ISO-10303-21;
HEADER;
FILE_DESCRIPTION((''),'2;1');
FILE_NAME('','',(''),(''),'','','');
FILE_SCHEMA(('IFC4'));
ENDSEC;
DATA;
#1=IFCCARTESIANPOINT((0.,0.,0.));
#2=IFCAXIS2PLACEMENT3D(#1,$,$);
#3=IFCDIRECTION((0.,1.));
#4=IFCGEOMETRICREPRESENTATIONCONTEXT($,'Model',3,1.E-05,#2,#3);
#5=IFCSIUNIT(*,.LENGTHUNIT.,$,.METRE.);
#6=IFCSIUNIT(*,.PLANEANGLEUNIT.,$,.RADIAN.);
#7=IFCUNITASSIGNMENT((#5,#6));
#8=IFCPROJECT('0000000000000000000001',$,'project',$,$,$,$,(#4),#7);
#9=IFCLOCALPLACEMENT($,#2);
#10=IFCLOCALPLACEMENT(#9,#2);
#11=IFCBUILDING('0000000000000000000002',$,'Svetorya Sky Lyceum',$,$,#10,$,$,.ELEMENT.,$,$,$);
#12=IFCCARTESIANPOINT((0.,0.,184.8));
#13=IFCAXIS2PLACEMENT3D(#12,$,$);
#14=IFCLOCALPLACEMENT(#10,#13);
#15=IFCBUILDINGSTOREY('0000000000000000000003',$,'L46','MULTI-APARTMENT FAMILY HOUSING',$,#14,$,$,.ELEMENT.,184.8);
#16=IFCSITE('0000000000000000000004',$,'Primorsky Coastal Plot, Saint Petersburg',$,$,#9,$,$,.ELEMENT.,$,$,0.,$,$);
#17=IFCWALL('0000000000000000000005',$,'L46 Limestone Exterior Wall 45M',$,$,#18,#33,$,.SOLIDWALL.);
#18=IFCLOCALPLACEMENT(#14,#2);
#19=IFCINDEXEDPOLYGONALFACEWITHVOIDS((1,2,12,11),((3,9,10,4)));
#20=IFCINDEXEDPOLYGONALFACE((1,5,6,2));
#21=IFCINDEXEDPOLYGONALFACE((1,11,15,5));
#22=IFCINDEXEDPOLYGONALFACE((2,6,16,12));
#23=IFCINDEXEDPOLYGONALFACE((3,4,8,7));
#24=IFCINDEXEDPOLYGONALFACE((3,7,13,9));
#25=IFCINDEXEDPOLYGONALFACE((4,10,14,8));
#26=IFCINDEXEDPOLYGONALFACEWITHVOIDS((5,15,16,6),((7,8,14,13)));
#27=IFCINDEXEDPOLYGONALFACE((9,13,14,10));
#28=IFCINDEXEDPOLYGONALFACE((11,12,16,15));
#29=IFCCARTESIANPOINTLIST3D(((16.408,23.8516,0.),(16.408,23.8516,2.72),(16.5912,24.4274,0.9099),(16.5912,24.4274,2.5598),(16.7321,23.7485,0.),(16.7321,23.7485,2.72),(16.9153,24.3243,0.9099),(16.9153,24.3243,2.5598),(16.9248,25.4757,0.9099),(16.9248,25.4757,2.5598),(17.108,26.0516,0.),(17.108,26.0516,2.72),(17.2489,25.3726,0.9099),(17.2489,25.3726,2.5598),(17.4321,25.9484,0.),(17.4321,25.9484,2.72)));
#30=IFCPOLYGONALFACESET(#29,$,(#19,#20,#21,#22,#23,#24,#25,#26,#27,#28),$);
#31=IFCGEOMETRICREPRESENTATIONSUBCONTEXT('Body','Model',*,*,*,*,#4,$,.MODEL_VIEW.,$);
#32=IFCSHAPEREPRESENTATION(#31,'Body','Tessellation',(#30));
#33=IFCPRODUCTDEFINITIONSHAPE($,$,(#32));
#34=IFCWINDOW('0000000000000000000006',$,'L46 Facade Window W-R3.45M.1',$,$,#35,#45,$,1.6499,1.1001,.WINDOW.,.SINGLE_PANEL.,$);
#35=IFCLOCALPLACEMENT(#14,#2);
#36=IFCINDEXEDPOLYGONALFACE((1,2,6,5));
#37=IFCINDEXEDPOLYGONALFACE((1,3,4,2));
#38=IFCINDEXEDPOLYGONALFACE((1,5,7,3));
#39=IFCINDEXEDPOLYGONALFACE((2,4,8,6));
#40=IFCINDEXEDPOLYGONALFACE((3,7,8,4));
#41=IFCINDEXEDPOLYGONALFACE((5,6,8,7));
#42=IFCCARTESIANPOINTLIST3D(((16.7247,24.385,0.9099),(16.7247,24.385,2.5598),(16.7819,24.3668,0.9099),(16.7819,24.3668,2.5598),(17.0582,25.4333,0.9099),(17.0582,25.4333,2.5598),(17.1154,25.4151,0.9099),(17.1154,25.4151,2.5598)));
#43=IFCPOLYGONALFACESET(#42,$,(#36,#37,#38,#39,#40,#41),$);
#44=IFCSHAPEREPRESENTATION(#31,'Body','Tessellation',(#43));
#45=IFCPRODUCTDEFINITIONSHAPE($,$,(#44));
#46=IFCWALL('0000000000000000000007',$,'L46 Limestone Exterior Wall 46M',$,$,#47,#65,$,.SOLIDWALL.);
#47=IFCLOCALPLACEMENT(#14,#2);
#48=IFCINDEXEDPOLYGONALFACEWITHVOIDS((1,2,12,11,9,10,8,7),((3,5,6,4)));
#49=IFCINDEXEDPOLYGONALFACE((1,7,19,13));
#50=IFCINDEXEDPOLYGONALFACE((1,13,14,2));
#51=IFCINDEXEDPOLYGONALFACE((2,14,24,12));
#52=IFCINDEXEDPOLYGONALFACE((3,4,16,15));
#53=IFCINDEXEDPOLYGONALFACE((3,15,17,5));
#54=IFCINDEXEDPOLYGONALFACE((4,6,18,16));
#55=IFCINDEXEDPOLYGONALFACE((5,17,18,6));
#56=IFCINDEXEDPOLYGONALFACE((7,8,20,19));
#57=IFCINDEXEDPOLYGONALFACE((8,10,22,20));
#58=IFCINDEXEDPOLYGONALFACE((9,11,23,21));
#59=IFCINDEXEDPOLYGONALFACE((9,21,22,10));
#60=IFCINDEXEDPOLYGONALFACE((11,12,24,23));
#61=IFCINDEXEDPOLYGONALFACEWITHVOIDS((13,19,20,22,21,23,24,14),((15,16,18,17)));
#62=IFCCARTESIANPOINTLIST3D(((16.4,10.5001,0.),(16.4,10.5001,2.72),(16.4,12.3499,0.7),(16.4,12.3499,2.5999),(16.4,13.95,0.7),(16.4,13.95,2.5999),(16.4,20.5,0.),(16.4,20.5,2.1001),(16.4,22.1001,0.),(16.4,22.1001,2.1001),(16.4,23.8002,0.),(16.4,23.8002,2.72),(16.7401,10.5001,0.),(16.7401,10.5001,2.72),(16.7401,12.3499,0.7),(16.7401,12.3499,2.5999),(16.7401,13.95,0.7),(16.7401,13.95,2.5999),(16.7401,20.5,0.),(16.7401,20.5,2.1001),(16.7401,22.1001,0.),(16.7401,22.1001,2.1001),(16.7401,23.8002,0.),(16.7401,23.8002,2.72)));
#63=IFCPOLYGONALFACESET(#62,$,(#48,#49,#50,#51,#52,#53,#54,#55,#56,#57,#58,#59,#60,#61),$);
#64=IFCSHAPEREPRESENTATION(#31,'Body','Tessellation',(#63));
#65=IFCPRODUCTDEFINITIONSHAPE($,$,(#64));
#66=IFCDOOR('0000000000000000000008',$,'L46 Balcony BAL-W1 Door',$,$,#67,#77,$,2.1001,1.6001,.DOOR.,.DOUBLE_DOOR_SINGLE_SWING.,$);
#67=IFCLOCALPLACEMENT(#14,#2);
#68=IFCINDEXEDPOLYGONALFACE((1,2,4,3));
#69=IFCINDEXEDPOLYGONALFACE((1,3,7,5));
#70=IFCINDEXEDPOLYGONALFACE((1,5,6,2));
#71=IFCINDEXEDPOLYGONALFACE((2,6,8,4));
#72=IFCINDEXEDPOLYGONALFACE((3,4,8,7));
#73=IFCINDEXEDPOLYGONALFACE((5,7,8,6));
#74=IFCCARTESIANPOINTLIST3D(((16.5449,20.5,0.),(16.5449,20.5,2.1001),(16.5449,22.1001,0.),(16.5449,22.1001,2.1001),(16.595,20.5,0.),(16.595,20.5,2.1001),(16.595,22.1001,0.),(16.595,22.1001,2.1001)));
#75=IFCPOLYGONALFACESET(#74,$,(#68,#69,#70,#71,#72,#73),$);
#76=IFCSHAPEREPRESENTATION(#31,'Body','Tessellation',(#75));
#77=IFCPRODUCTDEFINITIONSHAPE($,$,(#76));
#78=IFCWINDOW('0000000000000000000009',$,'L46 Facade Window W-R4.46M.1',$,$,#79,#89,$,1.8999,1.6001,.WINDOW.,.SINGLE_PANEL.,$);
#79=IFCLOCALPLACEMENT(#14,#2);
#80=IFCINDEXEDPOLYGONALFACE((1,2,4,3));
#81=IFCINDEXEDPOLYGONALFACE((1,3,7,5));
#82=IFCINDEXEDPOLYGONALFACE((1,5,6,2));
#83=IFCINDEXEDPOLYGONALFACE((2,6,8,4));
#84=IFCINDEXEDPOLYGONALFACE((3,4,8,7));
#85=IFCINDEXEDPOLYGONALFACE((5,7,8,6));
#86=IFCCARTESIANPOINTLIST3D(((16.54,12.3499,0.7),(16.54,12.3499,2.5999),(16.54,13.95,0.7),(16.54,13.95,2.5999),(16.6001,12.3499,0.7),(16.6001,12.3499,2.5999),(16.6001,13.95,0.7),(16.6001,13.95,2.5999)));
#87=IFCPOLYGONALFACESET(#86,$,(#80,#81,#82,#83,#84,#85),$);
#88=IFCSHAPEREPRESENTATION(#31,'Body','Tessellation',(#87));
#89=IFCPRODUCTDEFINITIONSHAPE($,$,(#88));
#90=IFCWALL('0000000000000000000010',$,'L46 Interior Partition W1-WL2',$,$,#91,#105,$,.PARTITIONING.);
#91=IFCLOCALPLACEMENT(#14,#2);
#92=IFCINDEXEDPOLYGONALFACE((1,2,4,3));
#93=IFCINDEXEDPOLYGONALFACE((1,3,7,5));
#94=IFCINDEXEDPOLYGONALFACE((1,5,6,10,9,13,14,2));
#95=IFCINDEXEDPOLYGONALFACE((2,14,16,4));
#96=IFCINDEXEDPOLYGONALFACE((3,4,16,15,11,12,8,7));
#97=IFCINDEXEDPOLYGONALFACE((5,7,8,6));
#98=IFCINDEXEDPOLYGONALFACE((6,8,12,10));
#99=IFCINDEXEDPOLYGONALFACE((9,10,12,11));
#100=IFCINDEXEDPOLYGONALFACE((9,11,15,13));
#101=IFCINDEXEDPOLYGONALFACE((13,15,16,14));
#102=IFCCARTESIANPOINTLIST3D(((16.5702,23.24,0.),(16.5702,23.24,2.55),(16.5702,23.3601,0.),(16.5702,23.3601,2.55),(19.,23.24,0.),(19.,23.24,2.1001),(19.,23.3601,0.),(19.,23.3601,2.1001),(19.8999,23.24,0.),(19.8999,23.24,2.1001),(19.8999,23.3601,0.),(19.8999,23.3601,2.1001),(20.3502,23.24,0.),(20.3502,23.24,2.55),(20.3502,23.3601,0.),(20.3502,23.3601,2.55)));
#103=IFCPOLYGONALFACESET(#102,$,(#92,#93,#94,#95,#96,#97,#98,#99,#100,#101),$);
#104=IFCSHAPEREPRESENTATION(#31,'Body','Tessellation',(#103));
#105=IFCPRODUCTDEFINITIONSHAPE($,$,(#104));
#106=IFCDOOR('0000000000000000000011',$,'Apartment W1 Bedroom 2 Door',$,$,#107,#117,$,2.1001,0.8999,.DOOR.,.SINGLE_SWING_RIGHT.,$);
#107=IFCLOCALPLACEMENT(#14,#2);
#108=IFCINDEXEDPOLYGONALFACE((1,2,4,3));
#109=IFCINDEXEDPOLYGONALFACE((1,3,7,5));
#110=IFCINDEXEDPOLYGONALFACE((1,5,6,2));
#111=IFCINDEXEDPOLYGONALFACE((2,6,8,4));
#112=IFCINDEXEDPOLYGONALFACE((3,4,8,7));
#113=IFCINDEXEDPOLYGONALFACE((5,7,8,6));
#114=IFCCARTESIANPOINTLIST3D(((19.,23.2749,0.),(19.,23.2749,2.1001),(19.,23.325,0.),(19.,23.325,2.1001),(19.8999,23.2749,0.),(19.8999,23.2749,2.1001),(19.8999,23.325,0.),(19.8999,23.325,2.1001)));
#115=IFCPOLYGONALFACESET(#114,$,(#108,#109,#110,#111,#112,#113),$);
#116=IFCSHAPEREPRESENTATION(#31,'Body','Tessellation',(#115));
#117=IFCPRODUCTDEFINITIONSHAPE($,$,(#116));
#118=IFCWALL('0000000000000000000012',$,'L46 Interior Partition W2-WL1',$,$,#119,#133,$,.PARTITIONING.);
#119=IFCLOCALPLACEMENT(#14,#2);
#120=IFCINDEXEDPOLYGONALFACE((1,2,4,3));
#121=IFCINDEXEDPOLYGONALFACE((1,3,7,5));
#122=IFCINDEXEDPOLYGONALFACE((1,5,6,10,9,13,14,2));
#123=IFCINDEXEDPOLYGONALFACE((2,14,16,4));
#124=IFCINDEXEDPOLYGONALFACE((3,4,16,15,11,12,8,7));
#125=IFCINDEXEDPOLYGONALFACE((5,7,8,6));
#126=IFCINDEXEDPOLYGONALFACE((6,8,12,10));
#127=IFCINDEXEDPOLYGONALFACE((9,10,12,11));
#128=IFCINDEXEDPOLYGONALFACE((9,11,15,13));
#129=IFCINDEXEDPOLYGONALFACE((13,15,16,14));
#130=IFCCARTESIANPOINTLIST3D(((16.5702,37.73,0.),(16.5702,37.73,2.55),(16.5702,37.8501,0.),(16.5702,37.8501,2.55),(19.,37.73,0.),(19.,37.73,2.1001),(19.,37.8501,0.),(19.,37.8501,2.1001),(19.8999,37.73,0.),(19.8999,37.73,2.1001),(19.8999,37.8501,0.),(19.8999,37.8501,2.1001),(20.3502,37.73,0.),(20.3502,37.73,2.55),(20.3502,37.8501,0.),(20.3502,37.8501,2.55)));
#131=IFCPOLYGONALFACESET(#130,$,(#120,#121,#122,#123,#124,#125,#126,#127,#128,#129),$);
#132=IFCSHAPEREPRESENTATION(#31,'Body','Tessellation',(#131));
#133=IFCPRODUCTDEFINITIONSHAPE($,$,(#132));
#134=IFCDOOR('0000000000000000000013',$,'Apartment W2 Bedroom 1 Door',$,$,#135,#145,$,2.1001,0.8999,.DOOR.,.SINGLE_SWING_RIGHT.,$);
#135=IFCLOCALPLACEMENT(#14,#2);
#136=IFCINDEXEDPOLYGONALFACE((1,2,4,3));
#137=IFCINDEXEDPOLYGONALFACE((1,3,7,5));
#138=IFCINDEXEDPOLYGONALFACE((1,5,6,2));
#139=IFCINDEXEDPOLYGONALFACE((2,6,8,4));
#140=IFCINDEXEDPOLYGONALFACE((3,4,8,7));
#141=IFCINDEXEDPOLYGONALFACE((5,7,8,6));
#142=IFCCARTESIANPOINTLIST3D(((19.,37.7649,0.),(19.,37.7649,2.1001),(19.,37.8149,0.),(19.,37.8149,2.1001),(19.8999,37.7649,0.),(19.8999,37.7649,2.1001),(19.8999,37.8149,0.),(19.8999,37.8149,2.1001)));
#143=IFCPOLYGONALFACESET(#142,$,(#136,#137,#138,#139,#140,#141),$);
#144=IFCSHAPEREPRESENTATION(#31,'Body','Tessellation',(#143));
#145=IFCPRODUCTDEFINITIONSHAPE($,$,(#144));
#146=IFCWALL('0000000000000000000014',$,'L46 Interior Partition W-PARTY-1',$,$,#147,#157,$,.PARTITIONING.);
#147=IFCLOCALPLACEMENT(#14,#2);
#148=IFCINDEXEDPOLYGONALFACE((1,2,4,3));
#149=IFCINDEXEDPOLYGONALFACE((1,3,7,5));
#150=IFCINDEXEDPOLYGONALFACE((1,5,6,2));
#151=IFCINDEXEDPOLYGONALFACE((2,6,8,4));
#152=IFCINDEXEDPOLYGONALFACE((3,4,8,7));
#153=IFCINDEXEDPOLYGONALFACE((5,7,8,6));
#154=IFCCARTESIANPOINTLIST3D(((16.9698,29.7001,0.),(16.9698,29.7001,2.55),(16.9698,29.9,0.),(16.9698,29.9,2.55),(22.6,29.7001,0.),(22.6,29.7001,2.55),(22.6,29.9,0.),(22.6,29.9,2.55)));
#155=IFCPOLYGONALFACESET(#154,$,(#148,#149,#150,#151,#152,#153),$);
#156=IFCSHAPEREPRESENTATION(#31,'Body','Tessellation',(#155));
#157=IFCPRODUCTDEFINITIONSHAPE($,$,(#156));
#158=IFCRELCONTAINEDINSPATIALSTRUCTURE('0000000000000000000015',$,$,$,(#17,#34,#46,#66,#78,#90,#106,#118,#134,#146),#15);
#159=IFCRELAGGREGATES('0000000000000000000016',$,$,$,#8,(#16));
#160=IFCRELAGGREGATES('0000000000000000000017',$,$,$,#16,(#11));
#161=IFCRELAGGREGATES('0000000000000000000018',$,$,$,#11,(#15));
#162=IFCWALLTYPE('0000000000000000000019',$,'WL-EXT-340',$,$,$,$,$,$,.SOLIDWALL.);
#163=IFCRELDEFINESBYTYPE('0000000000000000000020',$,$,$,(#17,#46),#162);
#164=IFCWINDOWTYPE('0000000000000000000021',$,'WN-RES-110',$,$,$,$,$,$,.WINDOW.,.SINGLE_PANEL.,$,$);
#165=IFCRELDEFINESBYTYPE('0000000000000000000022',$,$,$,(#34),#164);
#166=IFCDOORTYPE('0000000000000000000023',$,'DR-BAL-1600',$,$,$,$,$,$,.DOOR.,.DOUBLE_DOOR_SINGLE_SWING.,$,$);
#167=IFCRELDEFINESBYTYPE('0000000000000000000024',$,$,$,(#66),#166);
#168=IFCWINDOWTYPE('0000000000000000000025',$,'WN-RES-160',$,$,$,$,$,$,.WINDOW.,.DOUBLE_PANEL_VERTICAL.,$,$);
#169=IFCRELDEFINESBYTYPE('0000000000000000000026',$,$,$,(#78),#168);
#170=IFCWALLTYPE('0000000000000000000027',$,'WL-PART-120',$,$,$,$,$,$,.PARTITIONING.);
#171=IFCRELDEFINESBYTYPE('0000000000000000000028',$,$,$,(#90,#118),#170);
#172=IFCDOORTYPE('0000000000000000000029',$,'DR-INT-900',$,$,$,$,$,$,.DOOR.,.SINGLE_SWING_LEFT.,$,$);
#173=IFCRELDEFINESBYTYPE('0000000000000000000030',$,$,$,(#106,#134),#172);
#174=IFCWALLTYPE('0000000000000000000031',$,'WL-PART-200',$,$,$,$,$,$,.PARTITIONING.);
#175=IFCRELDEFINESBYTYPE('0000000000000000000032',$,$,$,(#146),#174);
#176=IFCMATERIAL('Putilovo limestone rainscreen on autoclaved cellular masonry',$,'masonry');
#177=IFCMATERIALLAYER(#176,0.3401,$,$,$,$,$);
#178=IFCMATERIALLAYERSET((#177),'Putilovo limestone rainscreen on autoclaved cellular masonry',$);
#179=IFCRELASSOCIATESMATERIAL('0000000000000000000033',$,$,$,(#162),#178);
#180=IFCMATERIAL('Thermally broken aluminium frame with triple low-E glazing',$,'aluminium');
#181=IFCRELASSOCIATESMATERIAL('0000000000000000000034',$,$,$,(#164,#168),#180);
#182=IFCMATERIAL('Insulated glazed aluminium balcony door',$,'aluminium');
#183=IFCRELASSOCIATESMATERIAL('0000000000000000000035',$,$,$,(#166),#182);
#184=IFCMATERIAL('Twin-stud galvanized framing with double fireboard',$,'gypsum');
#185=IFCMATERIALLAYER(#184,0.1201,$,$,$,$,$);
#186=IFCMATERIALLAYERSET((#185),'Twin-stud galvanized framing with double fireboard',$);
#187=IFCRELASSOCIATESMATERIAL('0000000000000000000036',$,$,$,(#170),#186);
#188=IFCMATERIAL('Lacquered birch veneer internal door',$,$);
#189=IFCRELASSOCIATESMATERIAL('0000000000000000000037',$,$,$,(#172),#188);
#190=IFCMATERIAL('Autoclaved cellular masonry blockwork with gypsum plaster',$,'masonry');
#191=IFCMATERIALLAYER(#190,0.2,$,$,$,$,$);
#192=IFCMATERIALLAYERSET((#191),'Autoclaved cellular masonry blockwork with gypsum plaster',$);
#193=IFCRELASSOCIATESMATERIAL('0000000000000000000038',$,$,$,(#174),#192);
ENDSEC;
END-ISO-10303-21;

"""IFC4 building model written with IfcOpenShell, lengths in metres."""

from ifc_helpers import new_model, si_unit, direction, frame, frame_2d, origin, place, context, subcontext, project, spatial, rectangle, extrude, material, layer, layer_set, type_object, element, fill, save


model = new_model("IFC4")

# Units and contexts
model_context = context("Model", 3, precision=1e-05, world=origin(), true_north=direction((0.0, 1.0)))
body_context = subcontext(model_context, "Body", "Model", "MODEL_VIEW")
ifc_project = project(units=[si_unit("LENGTHUNIT", "METRE"), si_unit("PLANEANGLEUNIT", "RADIAN")], contexts=[model_context])

# Site, building, storey
site_placement = place(None, origin())
site = spatial("IfcSite", under=ifc_project, at=site_placement, Name="Primorsky Coastal Plot, Saint Petersburg", CompositionType="ELEMENT", RefElevation=0.0)
building_placement = place(site_placement, origin())
building = spatial("IfcBuilding", under=site, at=building_placement, Name="Svetorya Sky Lyceum", CompositionType="ELEMENT")
storey_placement = place(building_placement, frame((0.0, 0.0, 184.8)))
storey = spatial("IfcBuildingStorey", under=building, at=storey_placement, Name="L46", Description="MULTI-APARTMENT FAMILY HOUSING", CompositionType="ELEMENT", Elevation=184.8)

# Shared definitions
ifc_material_1 = material(Name="Putilovo limestone rainscreen on autoclaved cellular masonry", Category="masonry")
ifc_layer_1 = layer(ifc_material_1, 0.3401)
ifc_layer_set_1 = layer_set([ifc_layer_1], Name="Putilovo limestone rainscreen on autoclaved cellular masonry")
wall_type_1 = type_object("IfcWallType", Name="WL-EXT-340", PredefinedType="SOLIDWALL", material=ifc_layer_set_1)
ifc_material_2 = material(Name="Thermally broken aluminium frame with triple low-E glazing", Category="aluminium")
window_type_1 = type_object("IfcWindowType", Name="WN-RES-110", PartitioningType="SINGLE_PANEL", PredefinedType="WINDOW", material=ifc_material_2)

# Wall, opening, window
wall_1_placement = place(storey_placement, frame((17.27, 26.0, 0.0), z_axis=(0.0, 0.0, 1.0), x_axis=(-0.303191, -0.95293, 0.0)))
wall_1 = element("IfcWall", 1, at=wall_1_placement, inside=storey, type_object=wall_type_1, Name="L46 Limestone Exterior Wall 45M", PredefinedType="SOLIDWALL", context=body_context, shape_type="SweptSolid", body=[
    extrude(rectangle(XDim=2.3086, YDim=0.3401, at=frame_2d((1.1543, 0.0))), origin(), (0.0, 0.0, 1.0), 2.72),
])
opening_1_placement = place(wall_1_placement, frame((0.6042, 0.0, 0.9099)))
opening_1 = element("IfcOpeningElement", 2, at=opening_1_placement, cuts=wall_1, PredefinedType="OPENING", context=body_context, shape_type="SweptSolid", body=[
    extrude(rectangle(XDim=1.1001, YDim=1.6499, at=frame_2d((0.55, 0.825))), frame((0.0, 0.1799, 0.0), z_axis=(0.0, -1.0, 0.0), x_axis=(1.0, 0.0, 0.0)), (0.0, 0.0, 1.0), 0.3601),
])
window_1_placement = place(opening_1_placement, origin())
window_1 = element("IfcWindow", 3, at=window_1_placement, inside=storey, type_object=window_type_1, Name="L46 Facade Window W-R3.45M.1", OverallHeight=1.6499, OverallWidth=1.1001, PartitioningType="SINGLE_PANEL", PredefinedType="WINDOW", context=body_context, shape_type="SweptSolid", body=[
    extrude(rectangle(XDim=1.1001, YDim=1.6499, at=frame_2d((0.55, 0.825))), frame((0.0, 0.03, 0.0), z_axis=(0.0, -1.0, 0.0), x_axis=(1.0, 0.0, 0.0)), (0.0, 0.0, 1.0), 0.0601),
])
fill(opening_1, window_1)

# Wall, openings, door, window
wall_2_placement = place(storey_placement, frame((16.5701, 23.8, 0.0), z_axis=(0.0, 0.0, 1.0), x_axis=(0.0, -1.0, 0.0)))
wall_2 = element("IfcWall", 4, at=wall_2_placement, inside=storey, type_object=wall_type_1, Name="L46 Limestone Exterior Wall 46M", PredefinedType="SOLIDWALL", context=body_context, shape_type="SweptSolid", body=[
    extrude(rectangle(XDim=13.3, YDim=0.3401, at=frame_2d((6.6499, 0.0))), origin(), (0.0, 0.0, 1.0), 2.72),
])
opening_2_placement = place(wall_2_placement, frame((1.7, 0.0, 0.0)))
opening_2 = element("IfcOpeningElement", 5, at=opening_2_placement, cuts=wall_2, PredefinedType="OPENING", context=body_context, shape_type="SweptSolid", body=[
    extrude(rectangle(XDim=1.6001, YDim=2.1001, at=frame_2d((0.8, 1.05))), frame((0.0, 0.1799, 0.0), z_axis=(0.0, -1.0, 0.0), x_axis=(1.0, 0.0, 0.0)), (0.0, 0.0, 1.0), 0.3601),
])
opening_3_placement = place(wall_2_placement, frame((9.8501, 0.0, 0.7)))
opening_3 = element("IfcOpeningElement", 6, at=opening_3_placement, cuts=wall_2, PredefinedType="OPENING", context=body_context, shape_type="SweptSolid", body=[
    extrude(rectangle(XDim=1.6001, YDim=1.8999, at=frame_2d((0.8, 0.95))), frame((0.0, 0.1799, 0.0), z_axis=(0.0, -1.0, 0.0), x_axis=(1.0, 0.0, 0.0)), (0.0, 0.0, 1.0), 0.3601),
])
ifc_material_3 = material(Name="Insulated glazed aluminium balcony door", Category="aluminium")
door_type_1 = type_object("IfcDoorType", Name="DR-BAL-1600", OperationType="DOUBLE_DOOR_SINGLE_SWING", PredefinedType="DOOR", material=ifc_material_3)
door_1_placement = place(opening_2_placement, origin())
door_1 = element("IfcDoor", 7, at=door_1_placement, inside=storey, type_object=door_type_1, Name="L46 Balcony BAL-W1 Door", OperationType="DOUBLE_DOOR_SINGLE_SWING", OverallHeight=2.1001, OverallWidth=1.6001, PredefinedType="DOOR", context=body_context, shape_type="SweptSolid", body=[
    extrude(rectangle(XDim=1.6001, YDim=2.1001, at=frame_2d((0.8, 1.05))), frame((0.0, 0.0249, 0.0), z_axis=(0.0, -1.0, 0.0), x_axis=(1.0, 0.0, 0.0)), (0.0, 0.0, 1.0), 0.05),
])
fill(opening_2, door_1)
window_type_2 = type_object("IfcWindowType", Name="WN-RES-160", PartitioningType="DOUBLE_PANEL_VERTICAL", PredefinedType="WINDOW", material=ifc_material_2)
window_2_placement = place(opening_3_placement, origin())
window_2 = element("IfcWindow", 8, at=window_2_placement, inside=storey, type_object=window_type_2, Name="L46 Facade Window W-R4.46M.1", OverallHeight=1.8999, OverallWidth=1.6001, PartitioningType="SINGLE_PANEL", PredefinedType="WINDOW", context=body_context, shape_type="SweptSolid", body=[
    extrude(rectangle(XDim=1.6001, YDim=1.8999, at=frame_2d((0.8, 0.95))), frame((0.0, 0.03, 0.0), z_axis=(0.0, -1.0, 0.0), x_axis=(1.0, 0.0, 0.0)), (0.0, 0.0, 1.0), 0.0601),
])
fill(opening_3, window_2)

# Walls, openings, doors
ifc_material_4 = material(Name="Twin-stud galvanized framing with double fireboard", Category="gypsum")
ifc_layer_2 = layer(ifc_material_4, 0.1201)
ifc_layer_set_2 = layer_set([ifc_layer_2], Name="Twin-stud galvanized framing with double fireboard")
wall_type_2 = type_object("IfcWallType", Name="WL-PART-120", PredefinedType="PARTITIONING", material=ifc_layer_set_2)
wall_3_placement = place(storey_placement, frame((16.5701, 23.3, 0.0), z_axis=(0.0, 0.0, 1.0), x_axis=(1.0, 0.0, 0.0)))
wall_3 = element("IfcWall", 9, at=wall_3_placement, inside=storey, type_object=wall_type_2, Name="L46 Interior Partition W1-WL2", PredefinedType="PARTITIONING", context=body_context, shape_type="SweptSolid", body=[
    extrude(rectangle(XDim=3.78, YDim=0.1201, at=frame_2d((1.8901, 0.0))), origin(), (0.0, 0.0, 1.0), 2.55),
])
opening_4_placement = place(wall_3_placement, frame((2.4299, 0.0, 0.0)))
opening_4 = element("IfcOpeningElement", 10, at=opening_4_placement, cuts=wall_3, PredefinedType="OPENING", context=body_context, shape_type="SweptSolid", body=[
    extrude(rectangle(XDim=0.8999, YDim=2.1001, at=frame_2d((0.45, 1.05))), frame((0.0, 0.0701, 0.0), z_axis=(0.0, -1.0, 0.0), x_axis=(1.0, 0.0, 0.0)), (0.0, 0.0, 1.0), 0.1401),
])
ifc_material_5 = material(Name="Lacquered birch veneer internal door")
door_type_2 = type_object("IfcDoorType", Name="DR-INT-900", OperationType="SINGLE_SWING_LEFT", PredefinedType="DOOR", material=ifc_material_5)
door_2_placement = place(opening_4_placement, origin())
door_2 = element("IfcDoor", 11, at=door_2_placement, inside=storey, type_object=door_type_2, Name="Apartment W1 Bedroom 2 Door", OperationType="SINGLE_SWING_RIGHT", OverallHeight=2.1001, OverallWidth=0.8999, PredefinedType="DOOR", context=body_context, shape_type="SweptSolid", body=[
    extrude(rectangle(XDim=0.8999, YDim=2.1001, at=frame_2d((0.45, 1.05))), frame((0.0, 0.0249, 0.0), z_axis=(0.0, -1.0, 0.0), x_axis=(1.0, 0.0, 0.0)), (0.0, 0.0, 1.0), 0.05),
])
fill(opening_4, door_2)
wall_4_placement = place(storey_placement, frame((16.5701, 37.79, 0.0), z_axis=(0.0, 0.0, 1.0), x_axis=(1.0, 0.0, 0.0)))
wall_4 = element("IfcWall", 12, at=wall_4_placement, inside=storey, type_object=wall_type_2, Name="L46 Interior Partition W2-WL1", PredefinedType="PARTITIONING", context=body_context, shape_type="SweptSolid", body=[
    extrude(rectangle(XDim=3.78, YDim=0.1201, at=frame_2d((1.8901, 0.0))), origin(), (0.0, 0.0, 1.0), 2.55),
])
opening_5_placement = place(wall_4_placement, frame((2.4299, 0.0, 0.0)))
opening_5 = element("IfcOpeningElement", 13, at=opening_5_placement, cuts=wall_4, PredefinedType="OPENING", context=body_context, shape_type="SweptSolid", body=[
    extrude(rectangle(XDim=0.8999, YDim=2.1001, at=frame_2d((0.45, 1.05))), frame((0.0, 0.0701, 0.0), z_axis=(0.0, -1.0, 0.0), x_axis=(1.0, 0.0, 0.0)), (0.0, 0.0, 1.0), 0.1401),
])
door_3_placement = place(opening_5_placement, origin())
door_3 = element("IfcDoor", 14, at=door_3_placement, inside=storey, type_object=door_type_2, Name="Apartment W2 Bedroom 1 Door", OperationType="SINGLE_SWING_RIGHT", OverallHeight=2.1001, OverallWidth=0.8999, PredefinedType="DOOR", context=body_context, shape_type="SweptSolid", body=[
    extrude(rectangle(XDim=0.8999, YDim=2.1001, at=frame_2d((0.45, 1.05))), frame((0.0, 0.0249, 0.0), z_axis=(0.0, -1.0, 0.0), x_axis=(1.0, 0.0, 0.0)), (0.0, 0.0, 1.0), 0.05),
])
fill(opening_5, door_3)

# Wall
ifc_material_6 = material(Name="Autoclaved cellular masonry blockwork with gypsum plaster", Category="masonry")
ifc_layer_3 = layer(ifc_material_6, 0.2)
ifc_layer_set_3 = layer_set([ifc_layer_3], Name="Autoclaved cellular masonry blockwork with gypsum plaster")
wall_type_3 = type_object("IfcWallType", Name="WL-PART-200", PredefinedType="PARTITIONING", material=ifc_layer_set_3)
wall_5_placement = place(storey_placement, frame((16.97, 29.8, 0.0), z_axis=(0.0, 0.0, 1.0), x_axis=(1.0, 0.0, 0.0)))
element("IfcWall", 15, at=wall_5_placement, inside=storey, type_object=wall_type_3, Name="L46 Interior Partition W-PARTY-1", PredefinedType="PARTITIONING", context=body_context, shape_type="SweptSolid", body=[
    extrude(rectangle(XDim=5.6301, YDim=0.2, at=frame_2d((2.8149, 0.0))), origin(), (0.0, 0.0, 1.0), 2.55),
])

save(model, "model.ifc")
